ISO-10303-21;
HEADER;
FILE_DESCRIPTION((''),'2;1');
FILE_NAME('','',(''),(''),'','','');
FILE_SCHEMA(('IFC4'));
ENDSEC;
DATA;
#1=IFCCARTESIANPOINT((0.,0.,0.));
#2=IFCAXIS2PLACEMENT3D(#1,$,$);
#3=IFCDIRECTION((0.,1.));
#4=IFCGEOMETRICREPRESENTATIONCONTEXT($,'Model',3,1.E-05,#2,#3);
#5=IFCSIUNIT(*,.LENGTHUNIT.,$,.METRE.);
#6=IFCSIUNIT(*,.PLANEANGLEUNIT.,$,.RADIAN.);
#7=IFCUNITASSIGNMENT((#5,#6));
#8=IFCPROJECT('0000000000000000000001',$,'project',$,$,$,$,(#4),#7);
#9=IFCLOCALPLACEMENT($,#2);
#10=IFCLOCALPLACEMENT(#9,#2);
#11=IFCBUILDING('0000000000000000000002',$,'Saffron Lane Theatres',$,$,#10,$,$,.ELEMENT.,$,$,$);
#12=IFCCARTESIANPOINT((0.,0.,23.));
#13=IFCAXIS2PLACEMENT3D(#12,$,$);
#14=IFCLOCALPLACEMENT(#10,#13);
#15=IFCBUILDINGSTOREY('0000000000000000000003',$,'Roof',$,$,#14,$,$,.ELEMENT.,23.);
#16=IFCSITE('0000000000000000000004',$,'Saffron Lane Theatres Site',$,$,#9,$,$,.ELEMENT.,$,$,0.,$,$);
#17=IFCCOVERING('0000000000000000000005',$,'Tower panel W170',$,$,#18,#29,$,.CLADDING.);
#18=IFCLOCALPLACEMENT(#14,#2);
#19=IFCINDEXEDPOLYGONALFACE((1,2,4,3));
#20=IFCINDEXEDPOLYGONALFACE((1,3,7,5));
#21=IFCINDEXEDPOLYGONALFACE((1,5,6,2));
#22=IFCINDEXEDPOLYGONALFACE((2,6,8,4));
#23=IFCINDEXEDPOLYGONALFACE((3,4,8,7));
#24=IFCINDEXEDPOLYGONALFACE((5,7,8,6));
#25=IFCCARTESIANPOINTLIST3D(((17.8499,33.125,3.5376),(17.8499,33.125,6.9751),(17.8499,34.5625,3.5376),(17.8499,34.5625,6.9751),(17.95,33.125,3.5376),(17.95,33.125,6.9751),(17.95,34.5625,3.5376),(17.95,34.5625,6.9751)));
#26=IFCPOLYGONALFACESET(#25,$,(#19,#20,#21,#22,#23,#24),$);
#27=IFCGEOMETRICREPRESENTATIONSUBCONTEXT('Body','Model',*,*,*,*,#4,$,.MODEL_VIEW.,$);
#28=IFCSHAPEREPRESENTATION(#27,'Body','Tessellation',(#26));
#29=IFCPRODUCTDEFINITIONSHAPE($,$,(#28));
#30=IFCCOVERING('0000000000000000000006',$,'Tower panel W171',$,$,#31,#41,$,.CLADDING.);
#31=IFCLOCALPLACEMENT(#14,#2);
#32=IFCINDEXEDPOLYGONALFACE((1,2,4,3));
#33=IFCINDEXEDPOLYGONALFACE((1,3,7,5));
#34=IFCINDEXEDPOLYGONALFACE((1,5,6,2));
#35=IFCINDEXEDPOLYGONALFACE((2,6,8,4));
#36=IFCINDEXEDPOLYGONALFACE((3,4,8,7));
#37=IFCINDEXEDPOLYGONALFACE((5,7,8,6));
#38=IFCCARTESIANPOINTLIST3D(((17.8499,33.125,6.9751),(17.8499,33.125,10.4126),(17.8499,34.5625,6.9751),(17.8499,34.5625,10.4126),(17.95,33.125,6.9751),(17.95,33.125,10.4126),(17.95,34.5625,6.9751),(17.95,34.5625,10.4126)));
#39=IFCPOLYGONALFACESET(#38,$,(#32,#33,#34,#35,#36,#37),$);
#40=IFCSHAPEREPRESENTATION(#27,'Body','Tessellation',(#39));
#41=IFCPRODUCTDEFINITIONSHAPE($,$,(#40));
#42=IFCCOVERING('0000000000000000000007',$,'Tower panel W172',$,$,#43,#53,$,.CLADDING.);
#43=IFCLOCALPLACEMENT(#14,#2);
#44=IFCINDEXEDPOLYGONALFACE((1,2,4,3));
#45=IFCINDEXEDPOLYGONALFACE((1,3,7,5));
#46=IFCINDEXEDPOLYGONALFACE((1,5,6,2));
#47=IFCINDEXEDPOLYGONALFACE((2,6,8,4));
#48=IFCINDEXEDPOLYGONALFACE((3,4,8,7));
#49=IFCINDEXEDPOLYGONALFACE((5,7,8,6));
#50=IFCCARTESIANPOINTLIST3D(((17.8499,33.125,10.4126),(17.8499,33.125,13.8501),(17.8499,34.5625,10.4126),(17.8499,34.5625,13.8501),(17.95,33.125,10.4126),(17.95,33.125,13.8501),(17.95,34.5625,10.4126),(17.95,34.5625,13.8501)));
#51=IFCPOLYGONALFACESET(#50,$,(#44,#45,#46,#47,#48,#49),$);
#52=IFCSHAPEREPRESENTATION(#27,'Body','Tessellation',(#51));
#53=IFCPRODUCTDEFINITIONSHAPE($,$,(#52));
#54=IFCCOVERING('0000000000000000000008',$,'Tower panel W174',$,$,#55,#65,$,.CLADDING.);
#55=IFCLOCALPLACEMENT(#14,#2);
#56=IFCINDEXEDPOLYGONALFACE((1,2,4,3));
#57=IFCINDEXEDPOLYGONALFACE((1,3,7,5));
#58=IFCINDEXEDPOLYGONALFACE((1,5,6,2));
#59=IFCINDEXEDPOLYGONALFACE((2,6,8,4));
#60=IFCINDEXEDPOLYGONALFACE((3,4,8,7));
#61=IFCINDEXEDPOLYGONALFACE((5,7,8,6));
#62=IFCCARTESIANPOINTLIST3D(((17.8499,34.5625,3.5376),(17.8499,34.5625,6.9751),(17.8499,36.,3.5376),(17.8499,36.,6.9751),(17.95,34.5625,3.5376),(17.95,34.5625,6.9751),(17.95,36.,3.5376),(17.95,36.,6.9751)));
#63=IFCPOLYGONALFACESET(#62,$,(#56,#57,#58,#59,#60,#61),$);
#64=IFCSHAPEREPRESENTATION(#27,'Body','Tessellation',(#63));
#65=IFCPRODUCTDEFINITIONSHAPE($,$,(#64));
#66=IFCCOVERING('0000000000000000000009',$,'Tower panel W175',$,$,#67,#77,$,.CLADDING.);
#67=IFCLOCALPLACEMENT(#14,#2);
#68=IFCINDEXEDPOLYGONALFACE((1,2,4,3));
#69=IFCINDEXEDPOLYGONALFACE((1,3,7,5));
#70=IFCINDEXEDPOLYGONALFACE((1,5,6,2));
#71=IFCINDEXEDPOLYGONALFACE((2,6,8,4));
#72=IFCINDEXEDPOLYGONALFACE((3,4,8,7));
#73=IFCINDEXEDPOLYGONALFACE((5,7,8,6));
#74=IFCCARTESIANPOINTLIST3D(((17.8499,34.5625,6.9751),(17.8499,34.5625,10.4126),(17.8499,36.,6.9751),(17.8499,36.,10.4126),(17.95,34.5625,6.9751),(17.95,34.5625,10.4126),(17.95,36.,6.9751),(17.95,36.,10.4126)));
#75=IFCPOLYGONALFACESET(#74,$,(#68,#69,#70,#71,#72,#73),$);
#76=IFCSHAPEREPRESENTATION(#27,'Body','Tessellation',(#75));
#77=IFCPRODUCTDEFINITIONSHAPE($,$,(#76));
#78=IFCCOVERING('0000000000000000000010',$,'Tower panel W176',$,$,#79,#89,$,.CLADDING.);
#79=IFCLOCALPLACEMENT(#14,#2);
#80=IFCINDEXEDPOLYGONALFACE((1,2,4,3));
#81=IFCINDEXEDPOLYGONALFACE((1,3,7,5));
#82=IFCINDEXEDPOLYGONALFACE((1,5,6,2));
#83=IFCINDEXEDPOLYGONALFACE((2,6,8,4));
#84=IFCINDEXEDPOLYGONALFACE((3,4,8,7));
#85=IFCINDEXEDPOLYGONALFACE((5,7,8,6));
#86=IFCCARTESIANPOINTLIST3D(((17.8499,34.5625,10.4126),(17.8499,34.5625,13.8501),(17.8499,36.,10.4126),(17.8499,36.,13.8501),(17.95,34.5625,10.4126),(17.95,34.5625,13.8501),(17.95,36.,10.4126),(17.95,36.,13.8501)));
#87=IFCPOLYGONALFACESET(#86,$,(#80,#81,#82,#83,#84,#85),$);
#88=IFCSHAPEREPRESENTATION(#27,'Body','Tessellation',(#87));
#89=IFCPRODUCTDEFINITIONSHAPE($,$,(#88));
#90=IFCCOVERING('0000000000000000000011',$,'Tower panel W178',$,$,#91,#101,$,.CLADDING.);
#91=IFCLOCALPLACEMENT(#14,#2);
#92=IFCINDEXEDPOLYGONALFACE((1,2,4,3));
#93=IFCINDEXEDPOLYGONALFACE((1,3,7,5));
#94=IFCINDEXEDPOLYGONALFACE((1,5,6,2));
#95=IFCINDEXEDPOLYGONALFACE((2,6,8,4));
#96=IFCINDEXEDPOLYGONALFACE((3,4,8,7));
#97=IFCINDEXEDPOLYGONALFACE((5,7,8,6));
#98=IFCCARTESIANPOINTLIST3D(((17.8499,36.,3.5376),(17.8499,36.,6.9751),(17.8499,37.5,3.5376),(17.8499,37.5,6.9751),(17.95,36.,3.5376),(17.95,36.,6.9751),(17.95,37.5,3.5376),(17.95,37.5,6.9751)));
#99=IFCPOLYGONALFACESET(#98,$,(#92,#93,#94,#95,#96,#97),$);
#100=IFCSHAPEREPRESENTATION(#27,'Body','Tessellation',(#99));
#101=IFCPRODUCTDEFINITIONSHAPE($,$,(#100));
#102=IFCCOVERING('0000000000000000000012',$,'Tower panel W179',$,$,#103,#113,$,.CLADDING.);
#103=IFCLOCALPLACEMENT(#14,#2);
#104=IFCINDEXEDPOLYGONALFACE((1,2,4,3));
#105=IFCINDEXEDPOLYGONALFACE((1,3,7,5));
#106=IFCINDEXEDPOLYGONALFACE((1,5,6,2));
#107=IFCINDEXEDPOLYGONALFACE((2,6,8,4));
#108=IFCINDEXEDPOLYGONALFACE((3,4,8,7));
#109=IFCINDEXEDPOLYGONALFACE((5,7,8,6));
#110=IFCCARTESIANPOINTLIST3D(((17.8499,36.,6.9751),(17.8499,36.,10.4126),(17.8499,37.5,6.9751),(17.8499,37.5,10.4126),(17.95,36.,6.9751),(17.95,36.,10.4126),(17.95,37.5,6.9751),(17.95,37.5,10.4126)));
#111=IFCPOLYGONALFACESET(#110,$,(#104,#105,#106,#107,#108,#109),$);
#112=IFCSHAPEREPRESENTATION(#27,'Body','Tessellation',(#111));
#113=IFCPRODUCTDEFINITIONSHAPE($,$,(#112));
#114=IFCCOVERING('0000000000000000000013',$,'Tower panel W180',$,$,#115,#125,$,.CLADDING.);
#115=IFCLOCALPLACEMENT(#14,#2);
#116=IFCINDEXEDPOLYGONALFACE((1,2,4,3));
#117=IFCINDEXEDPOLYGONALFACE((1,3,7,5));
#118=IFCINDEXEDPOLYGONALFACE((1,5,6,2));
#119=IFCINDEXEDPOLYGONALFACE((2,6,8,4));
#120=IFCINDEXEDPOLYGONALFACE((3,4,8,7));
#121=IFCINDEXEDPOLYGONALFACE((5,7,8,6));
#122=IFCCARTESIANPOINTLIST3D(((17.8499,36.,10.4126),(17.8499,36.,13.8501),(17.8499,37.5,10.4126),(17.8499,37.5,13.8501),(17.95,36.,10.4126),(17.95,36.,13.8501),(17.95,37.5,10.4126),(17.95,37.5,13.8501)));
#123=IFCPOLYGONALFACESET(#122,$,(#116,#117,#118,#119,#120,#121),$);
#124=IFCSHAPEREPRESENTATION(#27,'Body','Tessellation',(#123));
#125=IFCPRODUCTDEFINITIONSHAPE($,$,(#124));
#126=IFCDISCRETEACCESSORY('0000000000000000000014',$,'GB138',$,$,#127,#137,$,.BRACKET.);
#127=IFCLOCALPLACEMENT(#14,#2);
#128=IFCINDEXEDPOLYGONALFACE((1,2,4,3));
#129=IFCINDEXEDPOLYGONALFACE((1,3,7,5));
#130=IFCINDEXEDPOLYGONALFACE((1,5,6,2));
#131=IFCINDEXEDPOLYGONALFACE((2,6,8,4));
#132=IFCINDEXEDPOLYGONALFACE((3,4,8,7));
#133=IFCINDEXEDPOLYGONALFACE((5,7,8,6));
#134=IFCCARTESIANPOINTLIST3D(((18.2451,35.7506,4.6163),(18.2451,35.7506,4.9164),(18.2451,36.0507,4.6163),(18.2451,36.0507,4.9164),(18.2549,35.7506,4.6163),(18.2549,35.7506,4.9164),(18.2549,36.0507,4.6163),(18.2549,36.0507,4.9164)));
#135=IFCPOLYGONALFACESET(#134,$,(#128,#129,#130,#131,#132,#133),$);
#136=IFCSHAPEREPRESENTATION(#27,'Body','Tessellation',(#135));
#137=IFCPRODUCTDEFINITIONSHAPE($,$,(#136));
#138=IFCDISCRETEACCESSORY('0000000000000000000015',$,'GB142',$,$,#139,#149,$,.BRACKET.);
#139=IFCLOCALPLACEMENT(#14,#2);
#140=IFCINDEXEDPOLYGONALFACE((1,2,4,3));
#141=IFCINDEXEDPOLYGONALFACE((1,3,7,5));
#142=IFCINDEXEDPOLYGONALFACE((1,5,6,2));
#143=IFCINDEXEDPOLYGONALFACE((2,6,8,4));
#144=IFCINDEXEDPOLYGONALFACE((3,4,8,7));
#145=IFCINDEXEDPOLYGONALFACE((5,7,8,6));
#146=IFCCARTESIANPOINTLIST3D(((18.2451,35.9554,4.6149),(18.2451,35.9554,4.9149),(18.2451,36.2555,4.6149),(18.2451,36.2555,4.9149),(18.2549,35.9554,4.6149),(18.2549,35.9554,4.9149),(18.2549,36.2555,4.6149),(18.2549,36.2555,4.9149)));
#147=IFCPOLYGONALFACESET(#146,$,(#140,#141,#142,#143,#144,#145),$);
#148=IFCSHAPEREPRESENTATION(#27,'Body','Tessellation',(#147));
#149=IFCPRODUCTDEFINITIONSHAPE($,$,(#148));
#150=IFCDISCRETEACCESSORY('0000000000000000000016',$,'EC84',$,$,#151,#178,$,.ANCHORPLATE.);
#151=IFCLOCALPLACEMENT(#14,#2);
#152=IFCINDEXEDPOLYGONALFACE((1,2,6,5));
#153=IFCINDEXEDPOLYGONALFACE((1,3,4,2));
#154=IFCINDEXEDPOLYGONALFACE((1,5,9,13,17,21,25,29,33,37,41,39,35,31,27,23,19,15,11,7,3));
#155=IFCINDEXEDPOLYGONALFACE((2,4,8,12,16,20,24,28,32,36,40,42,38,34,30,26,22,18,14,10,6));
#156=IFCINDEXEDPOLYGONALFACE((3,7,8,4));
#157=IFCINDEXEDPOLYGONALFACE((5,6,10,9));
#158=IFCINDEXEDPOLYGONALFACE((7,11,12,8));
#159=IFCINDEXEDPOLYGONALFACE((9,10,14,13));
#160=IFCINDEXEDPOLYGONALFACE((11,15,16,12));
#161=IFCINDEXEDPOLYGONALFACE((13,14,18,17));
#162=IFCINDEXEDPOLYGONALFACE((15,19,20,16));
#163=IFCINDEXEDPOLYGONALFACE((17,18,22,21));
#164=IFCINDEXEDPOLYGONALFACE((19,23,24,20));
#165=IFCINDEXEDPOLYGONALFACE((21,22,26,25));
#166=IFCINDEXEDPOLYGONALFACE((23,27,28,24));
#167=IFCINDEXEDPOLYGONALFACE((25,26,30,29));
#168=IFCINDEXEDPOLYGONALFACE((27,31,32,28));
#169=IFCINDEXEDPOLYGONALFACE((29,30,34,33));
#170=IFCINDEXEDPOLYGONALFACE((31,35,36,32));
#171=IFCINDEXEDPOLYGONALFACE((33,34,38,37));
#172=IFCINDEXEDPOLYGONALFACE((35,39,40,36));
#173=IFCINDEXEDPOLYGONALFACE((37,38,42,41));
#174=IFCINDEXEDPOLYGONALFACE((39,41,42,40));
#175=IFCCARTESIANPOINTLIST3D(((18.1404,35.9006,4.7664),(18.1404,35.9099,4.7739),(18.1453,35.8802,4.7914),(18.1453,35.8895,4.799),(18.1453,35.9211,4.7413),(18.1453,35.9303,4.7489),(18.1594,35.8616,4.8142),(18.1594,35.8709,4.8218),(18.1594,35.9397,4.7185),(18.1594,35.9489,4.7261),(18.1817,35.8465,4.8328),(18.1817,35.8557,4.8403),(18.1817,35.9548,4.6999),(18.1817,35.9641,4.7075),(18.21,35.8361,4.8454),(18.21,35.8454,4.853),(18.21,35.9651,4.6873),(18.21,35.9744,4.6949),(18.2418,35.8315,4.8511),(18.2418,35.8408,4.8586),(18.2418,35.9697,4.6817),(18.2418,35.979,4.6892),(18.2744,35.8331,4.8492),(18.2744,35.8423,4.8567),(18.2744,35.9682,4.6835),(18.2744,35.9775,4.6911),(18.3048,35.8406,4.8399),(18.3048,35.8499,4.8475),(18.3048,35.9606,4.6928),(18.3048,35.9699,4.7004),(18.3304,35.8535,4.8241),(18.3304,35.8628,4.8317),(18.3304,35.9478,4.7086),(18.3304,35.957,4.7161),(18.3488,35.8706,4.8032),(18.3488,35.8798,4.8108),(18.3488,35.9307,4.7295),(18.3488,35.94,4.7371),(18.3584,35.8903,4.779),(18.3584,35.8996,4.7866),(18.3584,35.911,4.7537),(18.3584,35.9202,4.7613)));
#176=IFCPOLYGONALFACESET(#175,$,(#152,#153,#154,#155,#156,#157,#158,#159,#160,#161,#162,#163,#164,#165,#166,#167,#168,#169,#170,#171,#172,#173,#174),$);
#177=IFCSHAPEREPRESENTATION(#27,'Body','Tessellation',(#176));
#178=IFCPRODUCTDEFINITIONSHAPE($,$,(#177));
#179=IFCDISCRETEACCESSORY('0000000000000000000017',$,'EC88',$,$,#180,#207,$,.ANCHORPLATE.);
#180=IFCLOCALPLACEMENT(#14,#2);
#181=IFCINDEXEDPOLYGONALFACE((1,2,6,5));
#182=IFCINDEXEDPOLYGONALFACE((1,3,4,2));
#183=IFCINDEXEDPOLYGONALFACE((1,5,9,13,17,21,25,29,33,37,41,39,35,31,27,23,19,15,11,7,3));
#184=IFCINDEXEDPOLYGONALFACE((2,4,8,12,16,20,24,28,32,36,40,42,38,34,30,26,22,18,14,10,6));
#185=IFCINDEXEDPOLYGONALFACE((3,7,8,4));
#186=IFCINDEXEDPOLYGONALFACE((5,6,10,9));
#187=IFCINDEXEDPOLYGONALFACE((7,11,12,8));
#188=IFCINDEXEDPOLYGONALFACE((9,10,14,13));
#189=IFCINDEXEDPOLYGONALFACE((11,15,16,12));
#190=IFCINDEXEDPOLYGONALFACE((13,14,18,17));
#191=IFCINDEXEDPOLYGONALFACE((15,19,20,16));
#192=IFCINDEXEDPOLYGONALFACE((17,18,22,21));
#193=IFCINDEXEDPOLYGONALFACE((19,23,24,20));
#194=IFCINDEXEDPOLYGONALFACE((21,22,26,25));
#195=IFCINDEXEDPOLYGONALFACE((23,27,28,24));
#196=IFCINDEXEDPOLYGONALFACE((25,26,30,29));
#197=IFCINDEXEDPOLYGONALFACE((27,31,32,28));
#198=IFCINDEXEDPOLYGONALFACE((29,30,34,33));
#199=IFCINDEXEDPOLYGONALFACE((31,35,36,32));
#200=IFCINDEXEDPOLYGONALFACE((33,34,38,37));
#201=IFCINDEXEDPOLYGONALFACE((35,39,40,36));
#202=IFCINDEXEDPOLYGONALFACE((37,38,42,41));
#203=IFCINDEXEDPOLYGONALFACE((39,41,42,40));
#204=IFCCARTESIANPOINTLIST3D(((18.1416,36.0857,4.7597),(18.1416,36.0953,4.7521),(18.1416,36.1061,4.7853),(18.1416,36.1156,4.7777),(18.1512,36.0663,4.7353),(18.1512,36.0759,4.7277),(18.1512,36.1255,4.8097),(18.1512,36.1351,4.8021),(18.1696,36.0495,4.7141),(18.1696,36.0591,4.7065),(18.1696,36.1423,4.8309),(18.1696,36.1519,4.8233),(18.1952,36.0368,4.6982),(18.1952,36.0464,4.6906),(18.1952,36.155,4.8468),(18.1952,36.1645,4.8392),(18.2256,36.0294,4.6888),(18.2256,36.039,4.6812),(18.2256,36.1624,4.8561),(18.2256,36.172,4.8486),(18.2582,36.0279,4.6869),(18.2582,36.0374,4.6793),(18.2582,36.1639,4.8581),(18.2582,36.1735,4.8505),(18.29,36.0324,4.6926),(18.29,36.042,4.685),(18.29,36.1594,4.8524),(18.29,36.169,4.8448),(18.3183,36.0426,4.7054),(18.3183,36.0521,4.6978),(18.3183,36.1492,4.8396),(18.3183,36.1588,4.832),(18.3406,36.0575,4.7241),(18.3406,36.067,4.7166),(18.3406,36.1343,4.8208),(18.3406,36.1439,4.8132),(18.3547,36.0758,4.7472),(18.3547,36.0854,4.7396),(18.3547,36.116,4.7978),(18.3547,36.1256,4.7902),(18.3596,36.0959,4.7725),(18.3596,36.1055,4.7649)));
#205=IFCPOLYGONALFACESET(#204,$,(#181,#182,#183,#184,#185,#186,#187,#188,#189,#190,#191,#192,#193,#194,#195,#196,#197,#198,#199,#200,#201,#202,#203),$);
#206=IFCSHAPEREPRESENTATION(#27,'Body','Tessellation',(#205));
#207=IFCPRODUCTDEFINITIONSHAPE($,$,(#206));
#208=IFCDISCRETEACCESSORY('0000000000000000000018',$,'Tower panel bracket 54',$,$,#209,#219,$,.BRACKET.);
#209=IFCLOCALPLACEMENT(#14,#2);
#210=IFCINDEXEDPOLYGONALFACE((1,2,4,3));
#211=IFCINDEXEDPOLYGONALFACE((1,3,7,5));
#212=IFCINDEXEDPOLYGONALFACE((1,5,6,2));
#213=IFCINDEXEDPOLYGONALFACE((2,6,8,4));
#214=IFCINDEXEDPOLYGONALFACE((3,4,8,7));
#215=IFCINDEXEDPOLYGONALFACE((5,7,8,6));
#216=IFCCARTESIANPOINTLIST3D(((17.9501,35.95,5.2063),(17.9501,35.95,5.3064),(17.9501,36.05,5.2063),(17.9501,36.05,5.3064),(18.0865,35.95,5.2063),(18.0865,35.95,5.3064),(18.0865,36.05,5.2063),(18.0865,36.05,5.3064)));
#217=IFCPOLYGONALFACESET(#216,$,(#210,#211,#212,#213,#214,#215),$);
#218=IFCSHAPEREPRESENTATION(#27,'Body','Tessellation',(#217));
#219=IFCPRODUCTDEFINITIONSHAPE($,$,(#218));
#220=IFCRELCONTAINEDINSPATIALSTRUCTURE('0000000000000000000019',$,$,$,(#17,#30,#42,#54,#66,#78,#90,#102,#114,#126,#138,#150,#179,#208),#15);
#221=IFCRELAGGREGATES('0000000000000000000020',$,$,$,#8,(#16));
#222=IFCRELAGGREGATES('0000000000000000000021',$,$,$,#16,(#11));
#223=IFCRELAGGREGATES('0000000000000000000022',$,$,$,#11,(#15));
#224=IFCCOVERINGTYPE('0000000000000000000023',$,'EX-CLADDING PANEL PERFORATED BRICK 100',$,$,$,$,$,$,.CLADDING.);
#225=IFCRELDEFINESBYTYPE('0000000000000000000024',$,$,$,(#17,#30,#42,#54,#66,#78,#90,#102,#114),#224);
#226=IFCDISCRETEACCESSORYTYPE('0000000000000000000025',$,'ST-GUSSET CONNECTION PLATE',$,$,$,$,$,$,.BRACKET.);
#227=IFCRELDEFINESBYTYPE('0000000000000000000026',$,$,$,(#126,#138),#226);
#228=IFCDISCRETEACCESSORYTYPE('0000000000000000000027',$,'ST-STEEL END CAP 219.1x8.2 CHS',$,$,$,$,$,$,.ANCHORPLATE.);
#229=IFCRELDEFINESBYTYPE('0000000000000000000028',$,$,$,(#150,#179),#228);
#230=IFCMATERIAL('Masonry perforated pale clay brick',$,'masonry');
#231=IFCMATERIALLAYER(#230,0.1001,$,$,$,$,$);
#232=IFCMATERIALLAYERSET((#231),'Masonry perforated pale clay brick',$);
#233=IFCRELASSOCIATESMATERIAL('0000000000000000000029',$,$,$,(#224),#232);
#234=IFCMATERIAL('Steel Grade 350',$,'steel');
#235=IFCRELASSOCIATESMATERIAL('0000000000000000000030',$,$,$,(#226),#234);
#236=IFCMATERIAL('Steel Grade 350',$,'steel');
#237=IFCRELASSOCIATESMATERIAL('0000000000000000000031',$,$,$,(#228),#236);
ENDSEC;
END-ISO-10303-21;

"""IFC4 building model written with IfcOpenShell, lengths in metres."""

from ifc_helpers import new_model, si_unit, direction, frame, origin, origin_2d, place, context, subcontext, project, spatial, rectangle, circle, extrude, material, layer, layer_set, material_profile, profile_set, type_object, element, save


model = new_model("IFC4")

# Units and contexts
model_context = context("Model", 3, precision=1e-05, world=origin(), true_north=direction((0.0, 1.0)))
body_context = subcontext(model_context, "Body", "Model", "MODEL_VIEW")
ifc_project = project(units=[si_unit("LENGTHUNIT", "METRE"), si_unit("PLANEANGLEUNIT", "RADIAN")], contexts=[model_context])

# Site, building, storey
site_placement = place(None, origin())
site = spatial("IfcSite", under=ifc_project, at=site_placement, Name="Saffron Lane Theatres Site", CompositionType="ELEMENT", RefElevation=0.0)
building_placement = place(site_placement, origin())
building = spatial("IfcBuilding", under=site, at=building_placement, Name="Saffron Lane Theatres", CompositionType="ELEMENT")
storey_placement = place(building_placement, frame((0.0, 0.0, 23.0)))
storey = spatial("IfcBuildingStorey", under=building, at=storey_placement, Name="Roof", CompositionType="ELEMENT", Elevation=23.0)

# Coverings
ifc_material_1 = material(Name="Masonry perforated pale clay brick", Category="masonry")
ifc_layer = layer(ifc_material_1, 0.1001)
ifc_layer_set = layer_set([ifc_layer], Name="Masonry perforated pale clay brick")
covering_type = type_object("IfcCoveringType", Name="EX-CLADDING PANEL PERFORATED BRICK 100", PredefinedType="CLADDING", material=ifc_layer_set)
for number, where, z_axis, x_axis, name in (
    (1, (17.8999, 33.8438, 3.5376), (0.0, 0.0, 1.0), (0.0, 1.0, 0.0), "Tower panel W170"),
    (2, (17.8999, 33.8438, 6.9751), (0.0, 0.0, 1.0), (0.0, 1.0, 0.0), "Tower panel W171"),
    (3, (17.8999, 33.8438, 10.4126), (0.0, 0.0, 1.0), (0.0, 1.0, 0.0), "Tower panel W172"),
    (4, (17.8999, 35.2812, 3.5376), (0.0, 0.0, 1.0), (0.0, 1.0, 0.0), "Tower panel W174"),
    (5, (17.8999, 35.2812, 6.9751), (0.0, 0.0, 1.0), (0.0, 1.0, 0.0), "Tower panel W175"),
    (6, (17.8999, 35.2812, 10.4126), (0.0, 0.0, 1.0), (0.0, 1.0, 0.0), "Tower panel W176"),
):
    element("IfcCovering", number, at=place(storey_placement, frame(where, z_axis=z_axis, x_axis=x_axis)), inside=storey, type_object=covering_type, Name=name, PredefinedType="CLADDING", context=body_context, shape_type="SweptSolid", body=[
        extrude(rectangle(XDim=1.4375, YDim=0.1001, at=origin_2d()), origin(), (0.0, 0.0, 1.0), 3.4375),
    ])
for number, where, z_axis, x_axis, name in (
    (7, (17.8999, 36.75, 3.5376), (0.0, 0.0, 1.0), (0.0, 1.0, 0.0), "Tower panel W178"),
    (8, (17.8999, 36.75, 6.9751), (0.0, 0.0, 1.0), (0.0, 1.0, 0.0), "Tower panel W179"),
    (9, (17.8999, 36.75, 10.4126), (0.0, 0.0, 1.0), (0.0, 1.0, 0.0), "Tower panel W180"),
):
    element("IfcCovering", number, at=place(storey_placement, frame(where, z_axis=z_axis, x_axis=x_axis)), inside=storey, type_object=covering_type, Name=name, PredefinedType="CLADDING", context=body_context, shape_type="SweptSolid", body=[
        extrude(rectangle(XDim=1.5, YDim=0.1001, at=origin_2d()), origin(), (0.0, 0.0, 1.0), 3.4375),
    ])

# Discrete accessories
ifc_material_2 = material(Name="Steel Grade 350", Category="steel")
ifc_material_profile_1 = material_profile(ifc_material_2, rectangle(XDim=0.3, YDim=0.3, at=origin_2d()))
ifc_profile_set_1 = profile_set([ifc_material_profile_1], Name="Steel Grade 350")
discrete_accessory_type_1 = type_object("IfcDiscreteAccessoryType", Name="ST-GUSSET CONNECTION PLATE", PredefinedType="BRACKET", material=ifc_profile_set_1)
for number, where, z_axis, x_axis, name in (
    (10, (18.2451, 35.9006, 4.7664), (1.0, 0.0, 0.0), (0.0, 1.0, 0.0), "GB138"),
    (11, (18.2451, 36.1055, 4.7649), (1.0, 0.0, 0.0), (0.0, 1.0, 0.0), "GB142"),
):
    element("IfcDiscreteAccessory", number, at=place(storey_placement, frame(where, z_axis=z_axis, x_axis=x_axis)), inside=storey, type_object=discrete_accessory_type_1, Name=name, PredefinedType="BRACKET", context=body_context, shape_type="SweptSolid", body=[
        extrude(rectangle(XDim=0.3, YDim=0.3, at=origin_2d()), origin(), (0.0, 0.0, 1.0), 0.0098),
    ])
ifc_material_3 = material(Name="Steel Grade 350", Category="steel")
ifc_material_profile_2 = material_profile(ifc_material_3, circle(Radius=0.1096, at=origin_2d()))
ifc_profile_set_2 = profile_set([ifc_material_profile_2], Name="Steel Grade 350")
discrete_accessory_type_2 = type_object("IfcDiscreteAccessoryType", Name="ST-STEEL END CAP 219.1x8.2 CHS", PredefinedType="ANCHORPLATE", material=ifc_profile_set_2)
discrete_accessory_1_placement = place(storey_placement, frame((18.25, 35.9006, 4.7664), z_axis=(0.0, 0.774865, 0.632127), x_axis=(-1.0, 0.0, 0.0)))
element("IfcDiscreteAccessory", 12, at=discrete_accessory_1_placement, inside=storey, type_object=discrete_accessory_type_2, Name="EC84", PredefinedType="ANCHORPLATE", context=body_context, shape_type="SweptSolid", body=[
    extrude(circle(Radius=0.1096, at=origin_2d()), origin(), (0.0, 0.0, 1.0), 0.012),
])
discrete_accessory_2_placement = place(storey_placement, frame((18.25, 36.1055, 4.7649), z_axis=(0.0, -0.782823, 0.622244), x_axis=(1.0, 0.0, 0.0)))
element("IfcDiscreteAccessory", 13, at=discrete_accessory_2_placement, inside=storey, type_object=discrete_accessory_type_2, Name="EC88", PredefinedType="ANCHORPLATE", context=body_context, shape_type="SweptSolid", body=[
    extrude(circle(Radius=0.1096, at=origin_2d()), origin(), (0.0, 0.0, 1.0), 0.0122),
])
for number, where, z_axis, x_axis, name in (
    (14, (18.0183, 36.0, 5.2063), (0.0, 0.0, 1.0), (0.0, 1.0, 0.0), "Tower panel bracket 54"),
):
    element("IfcDiscreteAccessory", number, at=place(storey_placement, frame(where, z_axis=z_axis, x_axis=x_axis)), inside=storey, Name=name, PredefinedType="BRACKET", context=body_context, shape_type="SweptSolid", body=[
        extrude(rectangle(XDim=0.1001, YDim=0.1365, at=origin_2d()), origin(), (0.0, 0.0, 1.0), 0.1001),
    ])

save(model, "model.ifc")
